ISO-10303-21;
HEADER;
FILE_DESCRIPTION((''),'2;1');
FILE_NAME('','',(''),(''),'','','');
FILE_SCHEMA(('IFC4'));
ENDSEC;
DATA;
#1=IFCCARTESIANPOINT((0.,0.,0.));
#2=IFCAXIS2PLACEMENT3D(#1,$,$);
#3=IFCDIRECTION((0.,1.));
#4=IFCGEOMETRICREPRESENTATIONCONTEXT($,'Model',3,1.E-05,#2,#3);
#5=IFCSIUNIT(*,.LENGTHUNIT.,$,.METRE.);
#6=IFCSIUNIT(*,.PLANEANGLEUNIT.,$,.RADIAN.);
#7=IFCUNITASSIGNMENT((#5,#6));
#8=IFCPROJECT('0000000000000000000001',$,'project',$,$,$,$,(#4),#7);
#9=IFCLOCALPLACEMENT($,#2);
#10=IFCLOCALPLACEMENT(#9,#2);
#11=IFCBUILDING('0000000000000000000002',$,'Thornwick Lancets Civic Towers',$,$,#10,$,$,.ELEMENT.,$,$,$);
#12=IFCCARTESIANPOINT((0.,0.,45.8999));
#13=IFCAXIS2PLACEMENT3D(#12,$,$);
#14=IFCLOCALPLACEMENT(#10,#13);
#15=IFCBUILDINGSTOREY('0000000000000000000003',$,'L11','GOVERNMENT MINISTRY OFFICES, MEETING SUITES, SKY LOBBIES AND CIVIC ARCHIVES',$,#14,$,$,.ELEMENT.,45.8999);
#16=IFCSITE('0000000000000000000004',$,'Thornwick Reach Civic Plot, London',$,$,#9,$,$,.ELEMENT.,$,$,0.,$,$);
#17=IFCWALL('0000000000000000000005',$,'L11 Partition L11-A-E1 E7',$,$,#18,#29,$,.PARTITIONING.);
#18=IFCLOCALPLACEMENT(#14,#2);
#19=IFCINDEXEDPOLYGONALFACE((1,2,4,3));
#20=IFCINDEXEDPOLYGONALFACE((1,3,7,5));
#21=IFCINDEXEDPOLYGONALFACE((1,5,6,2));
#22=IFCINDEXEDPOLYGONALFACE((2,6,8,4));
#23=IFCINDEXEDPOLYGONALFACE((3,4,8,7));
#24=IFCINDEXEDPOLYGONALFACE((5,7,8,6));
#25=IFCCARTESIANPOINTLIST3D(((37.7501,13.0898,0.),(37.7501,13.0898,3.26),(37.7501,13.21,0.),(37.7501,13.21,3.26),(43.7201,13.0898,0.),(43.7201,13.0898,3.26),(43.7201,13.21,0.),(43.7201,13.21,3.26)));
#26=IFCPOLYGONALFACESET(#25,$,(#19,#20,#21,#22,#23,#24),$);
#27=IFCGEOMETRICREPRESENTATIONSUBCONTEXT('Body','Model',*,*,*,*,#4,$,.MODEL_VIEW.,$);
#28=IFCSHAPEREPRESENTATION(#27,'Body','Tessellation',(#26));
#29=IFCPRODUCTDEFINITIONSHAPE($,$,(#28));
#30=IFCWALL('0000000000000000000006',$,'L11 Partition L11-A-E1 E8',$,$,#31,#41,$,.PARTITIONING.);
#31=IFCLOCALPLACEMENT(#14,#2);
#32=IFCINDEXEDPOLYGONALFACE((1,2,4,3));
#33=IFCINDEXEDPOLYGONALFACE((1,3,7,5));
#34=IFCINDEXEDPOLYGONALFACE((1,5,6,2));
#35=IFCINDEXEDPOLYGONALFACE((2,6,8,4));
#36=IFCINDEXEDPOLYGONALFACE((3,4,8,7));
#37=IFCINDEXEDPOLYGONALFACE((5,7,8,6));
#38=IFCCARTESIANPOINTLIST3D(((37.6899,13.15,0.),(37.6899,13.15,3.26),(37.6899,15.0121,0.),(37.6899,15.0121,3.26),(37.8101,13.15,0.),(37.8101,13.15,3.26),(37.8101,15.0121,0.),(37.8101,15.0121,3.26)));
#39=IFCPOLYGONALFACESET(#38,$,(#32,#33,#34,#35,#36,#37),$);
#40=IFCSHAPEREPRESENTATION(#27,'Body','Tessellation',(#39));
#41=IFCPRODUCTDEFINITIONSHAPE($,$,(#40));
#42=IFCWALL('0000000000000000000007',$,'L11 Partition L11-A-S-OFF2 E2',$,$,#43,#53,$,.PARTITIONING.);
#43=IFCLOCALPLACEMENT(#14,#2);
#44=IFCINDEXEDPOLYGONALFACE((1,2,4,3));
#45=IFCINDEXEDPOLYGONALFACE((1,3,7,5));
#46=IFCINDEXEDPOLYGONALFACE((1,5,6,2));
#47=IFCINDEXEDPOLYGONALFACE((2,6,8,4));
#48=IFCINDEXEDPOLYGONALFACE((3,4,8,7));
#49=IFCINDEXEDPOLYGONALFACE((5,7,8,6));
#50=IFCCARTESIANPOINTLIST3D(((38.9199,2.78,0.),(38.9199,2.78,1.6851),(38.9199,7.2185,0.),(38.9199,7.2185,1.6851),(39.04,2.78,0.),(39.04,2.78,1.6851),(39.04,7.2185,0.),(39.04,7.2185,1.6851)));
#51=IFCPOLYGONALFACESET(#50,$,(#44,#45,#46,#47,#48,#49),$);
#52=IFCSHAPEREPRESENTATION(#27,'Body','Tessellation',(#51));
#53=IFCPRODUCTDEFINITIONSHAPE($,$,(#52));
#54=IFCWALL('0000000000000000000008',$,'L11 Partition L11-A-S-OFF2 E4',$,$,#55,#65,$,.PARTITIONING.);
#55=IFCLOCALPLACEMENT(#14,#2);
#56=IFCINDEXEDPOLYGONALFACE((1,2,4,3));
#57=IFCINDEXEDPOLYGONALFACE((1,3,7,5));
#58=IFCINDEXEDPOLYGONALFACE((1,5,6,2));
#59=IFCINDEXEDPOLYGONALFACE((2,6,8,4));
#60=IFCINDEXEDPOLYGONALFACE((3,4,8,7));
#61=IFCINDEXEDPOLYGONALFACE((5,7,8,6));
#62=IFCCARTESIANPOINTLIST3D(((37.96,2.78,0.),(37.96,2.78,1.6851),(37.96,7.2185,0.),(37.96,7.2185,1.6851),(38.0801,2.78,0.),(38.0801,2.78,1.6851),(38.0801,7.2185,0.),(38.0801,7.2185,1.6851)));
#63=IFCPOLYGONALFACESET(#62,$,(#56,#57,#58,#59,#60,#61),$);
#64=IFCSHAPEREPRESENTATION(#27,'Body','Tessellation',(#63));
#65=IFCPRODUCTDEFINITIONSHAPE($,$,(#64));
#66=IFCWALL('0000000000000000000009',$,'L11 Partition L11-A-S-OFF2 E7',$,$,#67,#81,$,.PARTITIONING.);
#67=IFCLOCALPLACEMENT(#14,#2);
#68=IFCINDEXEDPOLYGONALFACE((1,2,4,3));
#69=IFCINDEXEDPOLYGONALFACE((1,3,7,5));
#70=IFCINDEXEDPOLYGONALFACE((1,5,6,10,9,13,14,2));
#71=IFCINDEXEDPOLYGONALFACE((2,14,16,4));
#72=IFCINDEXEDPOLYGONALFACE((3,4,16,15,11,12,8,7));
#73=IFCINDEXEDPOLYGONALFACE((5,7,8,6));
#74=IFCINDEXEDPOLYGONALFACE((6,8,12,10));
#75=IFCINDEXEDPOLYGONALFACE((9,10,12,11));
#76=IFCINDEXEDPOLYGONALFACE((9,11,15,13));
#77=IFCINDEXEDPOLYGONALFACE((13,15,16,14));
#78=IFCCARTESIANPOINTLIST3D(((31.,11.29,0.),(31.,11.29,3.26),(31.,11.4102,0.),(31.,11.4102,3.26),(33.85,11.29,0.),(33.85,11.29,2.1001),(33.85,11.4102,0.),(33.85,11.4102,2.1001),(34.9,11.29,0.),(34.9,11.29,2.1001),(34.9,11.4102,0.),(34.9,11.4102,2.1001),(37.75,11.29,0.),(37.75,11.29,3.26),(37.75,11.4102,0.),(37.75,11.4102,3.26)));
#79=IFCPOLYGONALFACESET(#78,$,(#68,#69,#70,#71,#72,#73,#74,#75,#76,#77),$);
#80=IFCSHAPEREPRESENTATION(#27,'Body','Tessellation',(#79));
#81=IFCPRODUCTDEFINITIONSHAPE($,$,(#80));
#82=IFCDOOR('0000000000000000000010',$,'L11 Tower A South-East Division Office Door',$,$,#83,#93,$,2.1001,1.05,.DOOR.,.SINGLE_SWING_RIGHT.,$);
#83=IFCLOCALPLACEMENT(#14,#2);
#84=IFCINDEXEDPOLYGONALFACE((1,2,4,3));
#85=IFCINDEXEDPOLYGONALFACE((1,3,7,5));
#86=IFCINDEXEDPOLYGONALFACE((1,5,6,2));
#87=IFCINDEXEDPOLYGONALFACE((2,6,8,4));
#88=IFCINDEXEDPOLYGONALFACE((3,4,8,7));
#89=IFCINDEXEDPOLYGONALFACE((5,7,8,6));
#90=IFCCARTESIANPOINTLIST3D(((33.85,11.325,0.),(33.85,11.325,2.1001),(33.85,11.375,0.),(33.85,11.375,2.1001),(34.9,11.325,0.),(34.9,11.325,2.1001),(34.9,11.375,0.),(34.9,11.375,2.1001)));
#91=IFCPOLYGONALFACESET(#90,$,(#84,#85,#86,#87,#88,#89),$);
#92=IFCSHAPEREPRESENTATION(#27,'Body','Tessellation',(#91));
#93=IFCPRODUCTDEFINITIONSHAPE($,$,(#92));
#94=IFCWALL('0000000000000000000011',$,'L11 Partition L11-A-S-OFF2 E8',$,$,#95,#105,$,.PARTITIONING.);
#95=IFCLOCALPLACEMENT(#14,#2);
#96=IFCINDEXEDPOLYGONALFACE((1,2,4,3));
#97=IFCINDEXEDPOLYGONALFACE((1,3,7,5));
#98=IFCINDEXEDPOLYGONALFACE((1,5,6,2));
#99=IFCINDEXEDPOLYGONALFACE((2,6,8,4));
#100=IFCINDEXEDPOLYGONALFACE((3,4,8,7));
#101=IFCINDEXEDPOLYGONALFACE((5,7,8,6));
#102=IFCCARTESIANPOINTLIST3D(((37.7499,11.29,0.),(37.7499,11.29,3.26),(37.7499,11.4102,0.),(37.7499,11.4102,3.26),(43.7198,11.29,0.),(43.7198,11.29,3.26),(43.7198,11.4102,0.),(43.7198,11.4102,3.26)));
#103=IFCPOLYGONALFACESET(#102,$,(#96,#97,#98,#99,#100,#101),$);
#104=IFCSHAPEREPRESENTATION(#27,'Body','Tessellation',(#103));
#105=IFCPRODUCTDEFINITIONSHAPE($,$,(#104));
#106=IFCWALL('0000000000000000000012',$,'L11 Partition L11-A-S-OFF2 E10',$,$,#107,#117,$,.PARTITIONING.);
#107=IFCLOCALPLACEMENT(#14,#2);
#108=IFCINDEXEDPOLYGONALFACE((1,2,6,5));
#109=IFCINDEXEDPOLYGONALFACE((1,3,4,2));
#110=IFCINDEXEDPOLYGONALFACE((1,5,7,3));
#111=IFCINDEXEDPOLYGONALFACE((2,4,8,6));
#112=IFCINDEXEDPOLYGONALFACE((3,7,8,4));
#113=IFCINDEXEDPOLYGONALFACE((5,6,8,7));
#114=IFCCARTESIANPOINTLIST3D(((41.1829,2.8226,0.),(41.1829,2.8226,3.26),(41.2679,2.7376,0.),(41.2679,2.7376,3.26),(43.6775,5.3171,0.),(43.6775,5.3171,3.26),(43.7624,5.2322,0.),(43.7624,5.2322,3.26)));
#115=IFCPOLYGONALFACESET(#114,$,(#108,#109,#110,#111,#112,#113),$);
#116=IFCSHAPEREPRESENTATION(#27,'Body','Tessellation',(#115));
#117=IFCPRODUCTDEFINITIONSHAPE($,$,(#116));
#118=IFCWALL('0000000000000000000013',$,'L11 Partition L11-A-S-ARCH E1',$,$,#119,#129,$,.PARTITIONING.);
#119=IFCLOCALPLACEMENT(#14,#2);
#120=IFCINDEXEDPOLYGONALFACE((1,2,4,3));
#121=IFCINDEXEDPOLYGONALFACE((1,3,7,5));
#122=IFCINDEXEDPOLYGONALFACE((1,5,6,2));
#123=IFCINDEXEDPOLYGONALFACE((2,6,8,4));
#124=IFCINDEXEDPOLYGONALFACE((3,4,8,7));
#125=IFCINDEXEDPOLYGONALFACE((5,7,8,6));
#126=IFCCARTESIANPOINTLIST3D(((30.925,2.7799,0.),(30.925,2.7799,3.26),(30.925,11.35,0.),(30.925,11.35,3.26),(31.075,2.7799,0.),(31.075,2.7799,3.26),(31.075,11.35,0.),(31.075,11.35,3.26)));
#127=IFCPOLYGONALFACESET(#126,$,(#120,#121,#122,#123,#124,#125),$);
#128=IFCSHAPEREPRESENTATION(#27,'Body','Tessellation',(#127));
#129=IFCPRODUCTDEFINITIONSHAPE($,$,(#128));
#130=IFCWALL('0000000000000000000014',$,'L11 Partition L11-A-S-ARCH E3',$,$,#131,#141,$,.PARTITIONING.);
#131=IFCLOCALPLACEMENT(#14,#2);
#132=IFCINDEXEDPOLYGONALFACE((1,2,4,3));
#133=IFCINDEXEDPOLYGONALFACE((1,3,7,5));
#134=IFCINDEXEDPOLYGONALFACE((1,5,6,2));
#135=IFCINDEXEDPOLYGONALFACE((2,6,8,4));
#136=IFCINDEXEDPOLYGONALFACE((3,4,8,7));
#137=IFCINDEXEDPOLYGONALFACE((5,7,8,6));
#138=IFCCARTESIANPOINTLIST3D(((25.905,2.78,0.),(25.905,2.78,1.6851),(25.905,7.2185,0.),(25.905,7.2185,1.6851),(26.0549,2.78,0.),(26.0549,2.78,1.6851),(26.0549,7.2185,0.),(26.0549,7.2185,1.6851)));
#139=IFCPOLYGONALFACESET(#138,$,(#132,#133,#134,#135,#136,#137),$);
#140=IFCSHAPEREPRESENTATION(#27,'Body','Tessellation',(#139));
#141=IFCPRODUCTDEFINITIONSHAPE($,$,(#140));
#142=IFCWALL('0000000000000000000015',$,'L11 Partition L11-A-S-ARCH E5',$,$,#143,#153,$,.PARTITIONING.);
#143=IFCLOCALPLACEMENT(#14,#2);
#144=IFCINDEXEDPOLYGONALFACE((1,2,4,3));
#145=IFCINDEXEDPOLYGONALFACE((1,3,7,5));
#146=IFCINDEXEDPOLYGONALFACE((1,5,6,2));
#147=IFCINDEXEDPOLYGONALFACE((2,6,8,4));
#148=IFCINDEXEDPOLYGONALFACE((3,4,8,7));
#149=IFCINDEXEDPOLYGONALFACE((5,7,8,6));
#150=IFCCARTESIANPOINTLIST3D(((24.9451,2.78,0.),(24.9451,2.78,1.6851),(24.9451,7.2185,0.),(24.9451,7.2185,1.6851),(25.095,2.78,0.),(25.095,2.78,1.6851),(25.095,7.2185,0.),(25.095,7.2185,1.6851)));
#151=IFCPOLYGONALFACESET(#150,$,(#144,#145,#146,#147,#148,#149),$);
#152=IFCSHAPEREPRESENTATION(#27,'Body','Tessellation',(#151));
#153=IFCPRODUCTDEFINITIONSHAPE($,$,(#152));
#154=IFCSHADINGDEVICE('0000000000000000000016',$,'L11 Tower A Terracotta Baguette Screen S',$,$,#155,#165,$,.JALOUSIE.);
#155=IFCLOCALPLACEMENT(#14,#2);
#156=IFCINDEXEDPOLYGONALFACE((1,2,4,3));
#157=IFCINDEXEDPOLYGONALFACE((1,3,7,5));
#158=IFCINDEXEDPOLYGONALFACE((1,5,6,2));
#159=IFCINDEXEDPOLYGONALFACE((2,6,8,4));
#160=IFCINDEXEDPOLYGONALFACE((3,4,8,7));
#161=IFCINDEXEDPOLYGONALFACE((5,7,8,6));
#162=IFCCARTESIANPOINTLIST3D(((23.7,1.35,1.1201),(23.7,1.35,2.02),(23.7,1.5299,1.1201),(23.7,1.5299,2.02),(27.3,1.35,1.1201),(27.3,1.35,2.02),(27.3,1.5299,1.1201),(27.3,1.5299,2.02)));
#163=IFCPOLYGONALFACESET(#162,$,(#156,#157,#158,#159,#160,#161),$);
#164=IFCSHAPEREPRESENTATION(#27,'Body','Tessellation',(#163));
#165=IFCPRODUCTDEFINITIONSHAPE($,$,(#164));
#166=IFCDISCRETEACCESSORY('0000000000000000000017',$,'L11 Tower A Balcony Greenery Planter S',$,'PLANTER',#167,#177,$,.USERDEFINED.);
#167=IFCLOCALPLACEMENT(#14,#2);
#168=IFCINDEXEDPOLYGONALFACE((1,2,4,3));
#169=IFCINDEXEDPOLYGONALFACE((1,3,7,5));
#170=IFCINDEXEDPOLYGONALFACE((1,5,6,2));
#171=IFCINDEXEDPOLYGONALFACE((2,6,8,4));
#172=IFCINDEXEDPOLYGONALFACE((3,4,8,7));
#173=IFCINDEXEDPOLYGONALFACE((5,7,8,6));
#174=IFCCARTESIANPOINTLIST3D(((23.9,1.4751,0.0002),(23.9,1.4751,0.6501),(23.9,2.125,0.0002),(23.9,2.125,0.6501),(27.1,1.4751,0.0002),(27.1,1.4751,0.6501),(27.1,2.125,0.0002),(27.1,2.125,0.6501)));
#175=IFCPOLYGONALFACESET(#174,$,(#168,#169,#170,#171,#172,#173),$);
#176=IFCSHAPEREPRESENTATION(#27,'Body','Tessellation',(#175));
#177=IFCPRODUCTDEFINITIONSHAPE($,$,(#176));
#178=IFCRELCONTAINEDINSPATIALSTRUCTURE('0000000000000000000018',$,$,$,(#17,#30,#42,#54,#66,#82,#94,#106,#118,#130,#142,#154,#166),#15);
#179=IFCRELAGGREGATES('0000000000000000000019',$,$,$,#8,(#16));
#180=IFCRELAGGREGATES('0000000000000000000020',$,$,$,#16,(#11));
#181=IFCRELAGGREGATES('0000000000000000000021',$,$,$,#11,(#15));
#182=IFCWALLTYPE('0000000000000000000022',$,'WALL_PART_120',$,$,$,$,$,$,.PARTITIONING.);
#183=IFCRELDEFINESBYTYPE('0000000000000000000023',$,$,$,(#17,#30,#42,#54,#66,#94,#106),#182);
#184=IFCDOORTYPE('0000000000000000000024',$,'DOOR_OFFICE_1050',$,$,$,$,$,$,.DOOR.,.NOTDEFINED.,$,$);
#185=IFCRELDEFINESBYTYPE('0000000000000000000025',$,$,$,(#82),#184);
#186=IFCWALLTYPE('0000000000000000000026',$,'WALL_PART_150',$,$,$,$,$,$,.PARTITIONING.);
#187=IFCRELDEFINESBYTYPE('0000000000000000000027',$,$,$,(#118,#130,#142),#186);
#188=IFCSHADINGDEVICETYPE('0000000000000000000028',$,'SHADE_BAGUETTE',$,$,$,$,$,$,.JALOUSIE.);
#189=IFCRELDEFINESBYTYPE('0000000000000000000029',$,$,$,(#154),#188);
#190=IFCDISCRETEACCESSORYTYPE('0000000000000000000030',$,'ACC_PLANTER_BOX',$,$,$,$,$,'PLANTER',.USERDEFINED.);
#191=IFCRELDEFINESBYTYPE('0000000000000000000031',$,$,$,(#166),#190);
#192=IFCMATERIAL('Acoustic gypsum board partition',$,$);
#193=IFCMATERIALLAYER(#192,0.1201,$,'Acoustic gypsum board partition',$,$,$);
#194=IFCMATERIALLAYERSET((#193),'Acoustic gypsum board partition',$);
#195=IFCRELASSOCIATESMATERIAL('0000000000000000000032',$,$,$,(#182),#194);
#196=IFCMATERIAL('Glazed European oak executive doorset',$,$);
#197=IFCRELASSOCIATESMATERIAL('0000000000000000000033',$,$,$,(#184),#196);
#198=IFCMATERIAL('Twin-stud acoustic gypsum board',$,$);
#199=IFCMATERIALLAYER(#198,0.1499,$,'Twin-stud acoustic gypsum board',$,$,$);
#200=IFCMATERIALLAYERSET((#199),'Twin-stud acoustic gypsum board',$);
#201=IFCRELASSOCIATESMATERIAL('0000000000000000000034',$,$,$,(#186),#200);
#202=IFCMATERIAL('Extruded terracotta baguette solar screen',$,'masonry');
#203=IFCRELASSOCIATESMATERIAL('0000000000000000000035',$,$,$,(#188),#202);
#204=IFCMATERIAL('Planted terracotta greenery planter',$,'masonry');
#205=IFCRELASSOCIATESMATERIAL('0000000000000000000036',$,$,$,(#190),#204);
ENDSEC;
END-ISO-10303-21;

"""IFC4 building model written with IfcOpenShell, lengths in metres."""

from ifc_helpers import new_model, si_unit, direction, frame, frame_2d, origin, origin_2d, place, context, subcontext, project, spatial, rectangle, extrude, material, layer, layer_set, type_object, element, fill, save


model = new_model("IFC4")

# Units and contexts
model_context = context("Model", 3, precision=1e-05, world=origin(), true_north=direction((0.0, 1.0)))
body_context = subcontext(model_context, "Body", "Model", "MODEL_VIEW")
ifc_project = project(units=[si_unit("LENGTHUNIT", "METRE"), si_unit("PLANEANGLEUNIT", "RADIAN")], contexts=[model_context])

# Site, building, storey
site_placement = place(None, origin())
site = spatial("IfcSite", under=ifc_project, at=site_placement, Name="Thornwick Reach Civic Plot, London", CompositionType="ELEMENT", RefElevation=0.0)
building_placement = place(site_placement, origin())
building = spatial("IfcBuilding", under=site, at=building_placement, Name="Thornwick Lancets Civic Towers", CompositionType="ELEMENT")
storey_placement = place(building_placement, frame((0.0, 0.0, 45.8999)))
storey = spatial("IfcBuildingStorey", under=building, at=storey_placement, Name="L11", Description="GOVERNMENT MINISTRY OFFICES, MEETING SUITES, SKY LOBBIES AND CIVIC ARCHIVES", CompositionType="ELEMENT", Elevation=45.8999)

# Walls
ifc_material_1 = material(Name="Acoustic gypsum board partition")
ifc_layer_1 = layer(ifc_material_1, 0.1201, Name="Acoustic gypsum board partition")
ifc_layer_set_1 = layer_set([ifc_layer_1], Name="Acoustic gypsum board partition")
wall_type_1 = type_object("IfcWallType", Name="WALL_PART_120", PredefinedType="PARTITIONING", material=ifc_layer_set_1)
wall_1_placement = place(storey_placement, frame((43.72, 13.1499, 0.0), z_axis=(0.0, 0.0, 1.0), x_axis=(-1.0, 0.0, 0.0)))
element("IfcWall", 1, at=wall_1_placement, inside=storey, type_object=wall_type_1, Name="L11 Partition L11-A-E1 E7", PredefinedType="PARTITIONING", context=body_context, shape_type="SweptSolid", body=[
    extrude(rectangle(XDim=5.97, YDim=0.1201, at=frame_2d((2.9849, 0.0))), origin(), (0.0, 0.0, 1.0), 3.26),
])
wall_2_placement = place(storey_placement, frame((37.75, 13.1499, 0.0), z_axis=(0.0, 0.0, 1.0), x_axis=(0.0, 1.0, 0.0)))
element("IfcWall", 2, at=wall_2_placement, inside=storey, type_object=wall_type_1, Name="L11 Partition L11-A-E1 E8", PredefinedType="PARTITIONING", context=body_context, shape_type="SweptSolid", body=[
    extrude(rectangle(XDim=1.8621, YDim=0.1201, at=frame_2d((0.9312, 0.0))), origin(), (0.0, 0.0, 1.0), 3.26),
])
for number, where, z_axis, x_axis, name in (
    (3, (38.98, 2.78, 0.0), (0.0, 0.0, 1.0), (0.0, 1.0, 0.0), "L11 Partition L11-A-S-OFF2 E2"),
    (4, (38.02, 7.2185, 0.0), (0.0, 0.0, 1.0), (0.0, -1.0, 0.0), "L11 Partition L11-A-S-OFF2 E4"),
):
    element("IfcWall", number, at=place(storey_placement, frame(where, z_axis=z_axis, x_axis=x_axis)), inside=storey, type_object=wall_type_1, Name=name, PredefinedType="PARTITIONING", context=body_context, shape_type="SweptSolid", body=[
        extrude(rectangle(XDim=4.4385, YDim=0.1201, at=frame_2d((2.2192, 0.0))), origin(), (0.0, 0.0, 1.0), 1.6851),
    ])

# Wall, opening, door
wall_3_placement = place(storey_placement, frame((31.0, 11.3501, 0.0), z_axis=(0.0, 0.0, 1.0), x_axis=(1.0, 0.0, 0.0)))
wall_3 = element("IfcWall", 5, at=wall_3_placement, inside=storey, type_object=wall_type_1, Name="L11 Partition L11-A-S-OFF2 E7", PredefinedType="PARTITIONING", context=body_context, shape_type="SweptSolid", body=[
    extrude(rectangle(XDim=6.75, YDim=0.1201, at=frame_2d((3.375, 0.0))), origin(), (0.0, 0.0, 1.0), 3.26),
])
opening_placement = place(wall_3_placement, frame((2.8501, 0.0, 0.0)))
opening = element("IfcOpeningElement", 6, at=opening_placement, cuts=wall_3, PredefinedType="OPENING", context=body_context, shape_type="SweptSolid", body=[
    extrude(rectangle(XDim=1.05, YDim=2.1001, at=frame_2d((0.5249, 1.05))), frame((0.0, 0.0701, 0.0), z_axis=(0.0, -1.0, 0.0), x_axis=(1.0, 0.0, 0.0)), (0.0, 0.0, 1.0), 0.1401),
])
ifc_material_2 = material(Name="Glazed European oak executive doorset")
door_type = type_object("IfcDoorType", Name="DOOR_OFFICE_1050", OperationType="NOTDEFINED", PredefinedType="DOOR", material=ifc_material_2)
door_placement = place(opening_placement, origin())
door = element("IfcDoor", 7, at=door_placement, inside=storey, type_object=door_type, Name="L11 Tower A South-East Division Office Door", OperationType="SINGLE_SWING_RIGHT", OverallHeight=2.1001, OverallWidth=1.05, PredefinedType="DOOR", context=body_context, shape_type="SweptSolid", body=[
    extrude(rectangle(XDim=1.05, YDim=2.1001, at=frame_2d((0.5249, 1.05))), frame((0.0, 0.0249, 0.0), z_axis=(0.0, -1.0, 0.0), x_axis=(1.0, 0.0, 0.0)), (0.0, 0.0, 1.0), 0.05),
])
fill(opening, door)

# Walls
wall_4_placement = place(storey_placement, frame((37.75, 11.3501, 0.0), z_axis=(0.0, 0.0, 1.0), x_axis=(1.0, 0.0, 0.0)))
element("IfcWall", 8, at=wall_4_placement, inside=storey, type_object=wall_type_1, Name="L11 Partition L11-A-S-OFF2 E8", PredefinedType="PARTITIONING", context=body_context, shape_type="SweptSolid", body=[
    extrude(rectangle(XDim=5.97, YDim=0.1201, at=frame_2d((2.9849, 0.0))), origin(), (0.0, 0.0, 1.0), 3.26),
])
wall_5_placement = place(storey_placement, frame((43.72, 5.2747, 0.0), z_axis=(0.0, 0.0, 1.0), x_axis=(-0.707107, -0.707107, 0.0)))
element("IfcWall", 9, at=wall_5_placement, inside=storey, type_object=wall_type_1, Name="L11 Partition L11-A-S-OFF2 E10", PredefinedType="PARTITIONING", context=body_context, shape_type="SweptSolid", body=[
    extrude(rectangle(XDim=3.5278, YDim=0.1201, at=frame_2d((1.7639, 0.0))), origin(), (0.0, 0.0, 1.0), 3.26),
])
ifc_material_3 = material(Name="Twin-stud acoustic gypsum board")
ifc_layer_2 = layer(ifc_material_3, 0.1499, Name="Twin-stud acoustic gypsum board")
ifc_layer_set_2 = layer_set([ifc_layer_2], Name="Twin-stud acoustic gypsum board")
wall_type_2 = type_object("IfcWallType", Name="WALL_PART_150", PredefinedType="PARTITIONING", material=ifc_layer_set_2)
wall_6_placement = place(storey_placement, frame((31.0, 11.3501, 0.0), z_axis=(0.0, 0.0, 1.0), x_axis=(0.0, -1.0, 0.0)))
element("IfcWall", 10, at=wall_6_placement, inside=storey, type_object=wall_type_2, Name="L11 Partition L11-A-S-ARCH E1", PredefinedType="PARTITIONING", context=body_context, shape_type="SweptSolid", body=[
    extrude(rectangle(XDim=8.5701, YDim=0.1499, at=frame_2d((4.2852, 0.0))), origin(), (0.0, 0.0, 1.0), 3.26),
])
for number, where, z_axis, x_axis, name in (
    (11, (25.98, 2.78, 0.0), (0.0, 0.0, 1.0), (0.0, 1.0, 0.0), "L11 Partition L11-A-S-ARCH E3"),
    (12, (25.02, 7.2185, 0.0), (0.0, 0.0, 1.0), (0.0, -1.0, 0.0), "L11 Partition L11-A-S-ARCH E5"),
):
    element("IfcWall", number, at=place(storey_placement, frame(where, z_axis=z_axis, x_axis=x_axis)), inside=storey, type_object=wall_type_2, Name=name, PredefinedType="PARTITIONING", context=body_context, shape_type="SweptSolid", body=[
        extrude(rectangle(XDim=4.4385, YDim=0.1499, at=frame_2d((2.2192, 0.0))), origin(), (0.0, 0.0, 1.0), 1.6851),
    ])

# Shading device
ifc_material_4 = material(Name="Extruded terracotta baguette solar screen", Category="masonry")
shading_device_type = type_object("IfcShadingDeviceType", Name="SHADE_BAGUETTE", PredefinedType="JALOUSIE", material=ifc_material_4)
shading_device_placement = place(storey_placement, frame((25.5, 1.4399, 1.1201), z_axis=(0.0, 0.0, 1.0), x_axis=(1.0, 0.0, 0.0)))
element("IfcShadingDevice", 13, at=shading_device_placement, inside=storey, type_object=shading_device_type, Name="L11 Tower A Terracotta Baguette Screen S", PredefinedType="JALOUSIE", context=body_context, shape_type="SweptSolid", body=[
    extrude(rectangle(XDim=3.6001, YDim=0.1799, at=origin_2d()), origin(), (0.0, 0.0, 1.0), 0.8999),
])

# Discrete accessory
ifc_material_5 = material(Name="Planted terracotta greenery planter", Category="masonry")
discrete_accessory_type = type_object("IfcDiscreteAccessoryType", Name="ACC_PLANTER_BOX", ElementType="PLANTER", PredefinedType="USERDEFINED", material=ifc_material_5)
discrete_accessory_placement = place(storey_placement, frame((25.5, 1.8, 0.0002), z_axis=(0.0, 0.0, 1.0), x_axis=(1.0, 0.0, 0.0)))
element("IfcDiscreteAccessory", 14, at=discrete_accessory_placement, inside=storey, type_object=discrete_accessory_type, Name="L11 Tower A Balcony Greenery Planter S", ObjectType="PLANTER", PredefinedType="USERDEFINED", context=body_context, shape_type="SweptSolid", body=[
    extrude(rectangle(XDim=3.2, YDim=0.6499, at=origin_2d()), origin(), (0.0, 0.0, 1.0), 0.6499),
])

save(model, "model.ifc")
